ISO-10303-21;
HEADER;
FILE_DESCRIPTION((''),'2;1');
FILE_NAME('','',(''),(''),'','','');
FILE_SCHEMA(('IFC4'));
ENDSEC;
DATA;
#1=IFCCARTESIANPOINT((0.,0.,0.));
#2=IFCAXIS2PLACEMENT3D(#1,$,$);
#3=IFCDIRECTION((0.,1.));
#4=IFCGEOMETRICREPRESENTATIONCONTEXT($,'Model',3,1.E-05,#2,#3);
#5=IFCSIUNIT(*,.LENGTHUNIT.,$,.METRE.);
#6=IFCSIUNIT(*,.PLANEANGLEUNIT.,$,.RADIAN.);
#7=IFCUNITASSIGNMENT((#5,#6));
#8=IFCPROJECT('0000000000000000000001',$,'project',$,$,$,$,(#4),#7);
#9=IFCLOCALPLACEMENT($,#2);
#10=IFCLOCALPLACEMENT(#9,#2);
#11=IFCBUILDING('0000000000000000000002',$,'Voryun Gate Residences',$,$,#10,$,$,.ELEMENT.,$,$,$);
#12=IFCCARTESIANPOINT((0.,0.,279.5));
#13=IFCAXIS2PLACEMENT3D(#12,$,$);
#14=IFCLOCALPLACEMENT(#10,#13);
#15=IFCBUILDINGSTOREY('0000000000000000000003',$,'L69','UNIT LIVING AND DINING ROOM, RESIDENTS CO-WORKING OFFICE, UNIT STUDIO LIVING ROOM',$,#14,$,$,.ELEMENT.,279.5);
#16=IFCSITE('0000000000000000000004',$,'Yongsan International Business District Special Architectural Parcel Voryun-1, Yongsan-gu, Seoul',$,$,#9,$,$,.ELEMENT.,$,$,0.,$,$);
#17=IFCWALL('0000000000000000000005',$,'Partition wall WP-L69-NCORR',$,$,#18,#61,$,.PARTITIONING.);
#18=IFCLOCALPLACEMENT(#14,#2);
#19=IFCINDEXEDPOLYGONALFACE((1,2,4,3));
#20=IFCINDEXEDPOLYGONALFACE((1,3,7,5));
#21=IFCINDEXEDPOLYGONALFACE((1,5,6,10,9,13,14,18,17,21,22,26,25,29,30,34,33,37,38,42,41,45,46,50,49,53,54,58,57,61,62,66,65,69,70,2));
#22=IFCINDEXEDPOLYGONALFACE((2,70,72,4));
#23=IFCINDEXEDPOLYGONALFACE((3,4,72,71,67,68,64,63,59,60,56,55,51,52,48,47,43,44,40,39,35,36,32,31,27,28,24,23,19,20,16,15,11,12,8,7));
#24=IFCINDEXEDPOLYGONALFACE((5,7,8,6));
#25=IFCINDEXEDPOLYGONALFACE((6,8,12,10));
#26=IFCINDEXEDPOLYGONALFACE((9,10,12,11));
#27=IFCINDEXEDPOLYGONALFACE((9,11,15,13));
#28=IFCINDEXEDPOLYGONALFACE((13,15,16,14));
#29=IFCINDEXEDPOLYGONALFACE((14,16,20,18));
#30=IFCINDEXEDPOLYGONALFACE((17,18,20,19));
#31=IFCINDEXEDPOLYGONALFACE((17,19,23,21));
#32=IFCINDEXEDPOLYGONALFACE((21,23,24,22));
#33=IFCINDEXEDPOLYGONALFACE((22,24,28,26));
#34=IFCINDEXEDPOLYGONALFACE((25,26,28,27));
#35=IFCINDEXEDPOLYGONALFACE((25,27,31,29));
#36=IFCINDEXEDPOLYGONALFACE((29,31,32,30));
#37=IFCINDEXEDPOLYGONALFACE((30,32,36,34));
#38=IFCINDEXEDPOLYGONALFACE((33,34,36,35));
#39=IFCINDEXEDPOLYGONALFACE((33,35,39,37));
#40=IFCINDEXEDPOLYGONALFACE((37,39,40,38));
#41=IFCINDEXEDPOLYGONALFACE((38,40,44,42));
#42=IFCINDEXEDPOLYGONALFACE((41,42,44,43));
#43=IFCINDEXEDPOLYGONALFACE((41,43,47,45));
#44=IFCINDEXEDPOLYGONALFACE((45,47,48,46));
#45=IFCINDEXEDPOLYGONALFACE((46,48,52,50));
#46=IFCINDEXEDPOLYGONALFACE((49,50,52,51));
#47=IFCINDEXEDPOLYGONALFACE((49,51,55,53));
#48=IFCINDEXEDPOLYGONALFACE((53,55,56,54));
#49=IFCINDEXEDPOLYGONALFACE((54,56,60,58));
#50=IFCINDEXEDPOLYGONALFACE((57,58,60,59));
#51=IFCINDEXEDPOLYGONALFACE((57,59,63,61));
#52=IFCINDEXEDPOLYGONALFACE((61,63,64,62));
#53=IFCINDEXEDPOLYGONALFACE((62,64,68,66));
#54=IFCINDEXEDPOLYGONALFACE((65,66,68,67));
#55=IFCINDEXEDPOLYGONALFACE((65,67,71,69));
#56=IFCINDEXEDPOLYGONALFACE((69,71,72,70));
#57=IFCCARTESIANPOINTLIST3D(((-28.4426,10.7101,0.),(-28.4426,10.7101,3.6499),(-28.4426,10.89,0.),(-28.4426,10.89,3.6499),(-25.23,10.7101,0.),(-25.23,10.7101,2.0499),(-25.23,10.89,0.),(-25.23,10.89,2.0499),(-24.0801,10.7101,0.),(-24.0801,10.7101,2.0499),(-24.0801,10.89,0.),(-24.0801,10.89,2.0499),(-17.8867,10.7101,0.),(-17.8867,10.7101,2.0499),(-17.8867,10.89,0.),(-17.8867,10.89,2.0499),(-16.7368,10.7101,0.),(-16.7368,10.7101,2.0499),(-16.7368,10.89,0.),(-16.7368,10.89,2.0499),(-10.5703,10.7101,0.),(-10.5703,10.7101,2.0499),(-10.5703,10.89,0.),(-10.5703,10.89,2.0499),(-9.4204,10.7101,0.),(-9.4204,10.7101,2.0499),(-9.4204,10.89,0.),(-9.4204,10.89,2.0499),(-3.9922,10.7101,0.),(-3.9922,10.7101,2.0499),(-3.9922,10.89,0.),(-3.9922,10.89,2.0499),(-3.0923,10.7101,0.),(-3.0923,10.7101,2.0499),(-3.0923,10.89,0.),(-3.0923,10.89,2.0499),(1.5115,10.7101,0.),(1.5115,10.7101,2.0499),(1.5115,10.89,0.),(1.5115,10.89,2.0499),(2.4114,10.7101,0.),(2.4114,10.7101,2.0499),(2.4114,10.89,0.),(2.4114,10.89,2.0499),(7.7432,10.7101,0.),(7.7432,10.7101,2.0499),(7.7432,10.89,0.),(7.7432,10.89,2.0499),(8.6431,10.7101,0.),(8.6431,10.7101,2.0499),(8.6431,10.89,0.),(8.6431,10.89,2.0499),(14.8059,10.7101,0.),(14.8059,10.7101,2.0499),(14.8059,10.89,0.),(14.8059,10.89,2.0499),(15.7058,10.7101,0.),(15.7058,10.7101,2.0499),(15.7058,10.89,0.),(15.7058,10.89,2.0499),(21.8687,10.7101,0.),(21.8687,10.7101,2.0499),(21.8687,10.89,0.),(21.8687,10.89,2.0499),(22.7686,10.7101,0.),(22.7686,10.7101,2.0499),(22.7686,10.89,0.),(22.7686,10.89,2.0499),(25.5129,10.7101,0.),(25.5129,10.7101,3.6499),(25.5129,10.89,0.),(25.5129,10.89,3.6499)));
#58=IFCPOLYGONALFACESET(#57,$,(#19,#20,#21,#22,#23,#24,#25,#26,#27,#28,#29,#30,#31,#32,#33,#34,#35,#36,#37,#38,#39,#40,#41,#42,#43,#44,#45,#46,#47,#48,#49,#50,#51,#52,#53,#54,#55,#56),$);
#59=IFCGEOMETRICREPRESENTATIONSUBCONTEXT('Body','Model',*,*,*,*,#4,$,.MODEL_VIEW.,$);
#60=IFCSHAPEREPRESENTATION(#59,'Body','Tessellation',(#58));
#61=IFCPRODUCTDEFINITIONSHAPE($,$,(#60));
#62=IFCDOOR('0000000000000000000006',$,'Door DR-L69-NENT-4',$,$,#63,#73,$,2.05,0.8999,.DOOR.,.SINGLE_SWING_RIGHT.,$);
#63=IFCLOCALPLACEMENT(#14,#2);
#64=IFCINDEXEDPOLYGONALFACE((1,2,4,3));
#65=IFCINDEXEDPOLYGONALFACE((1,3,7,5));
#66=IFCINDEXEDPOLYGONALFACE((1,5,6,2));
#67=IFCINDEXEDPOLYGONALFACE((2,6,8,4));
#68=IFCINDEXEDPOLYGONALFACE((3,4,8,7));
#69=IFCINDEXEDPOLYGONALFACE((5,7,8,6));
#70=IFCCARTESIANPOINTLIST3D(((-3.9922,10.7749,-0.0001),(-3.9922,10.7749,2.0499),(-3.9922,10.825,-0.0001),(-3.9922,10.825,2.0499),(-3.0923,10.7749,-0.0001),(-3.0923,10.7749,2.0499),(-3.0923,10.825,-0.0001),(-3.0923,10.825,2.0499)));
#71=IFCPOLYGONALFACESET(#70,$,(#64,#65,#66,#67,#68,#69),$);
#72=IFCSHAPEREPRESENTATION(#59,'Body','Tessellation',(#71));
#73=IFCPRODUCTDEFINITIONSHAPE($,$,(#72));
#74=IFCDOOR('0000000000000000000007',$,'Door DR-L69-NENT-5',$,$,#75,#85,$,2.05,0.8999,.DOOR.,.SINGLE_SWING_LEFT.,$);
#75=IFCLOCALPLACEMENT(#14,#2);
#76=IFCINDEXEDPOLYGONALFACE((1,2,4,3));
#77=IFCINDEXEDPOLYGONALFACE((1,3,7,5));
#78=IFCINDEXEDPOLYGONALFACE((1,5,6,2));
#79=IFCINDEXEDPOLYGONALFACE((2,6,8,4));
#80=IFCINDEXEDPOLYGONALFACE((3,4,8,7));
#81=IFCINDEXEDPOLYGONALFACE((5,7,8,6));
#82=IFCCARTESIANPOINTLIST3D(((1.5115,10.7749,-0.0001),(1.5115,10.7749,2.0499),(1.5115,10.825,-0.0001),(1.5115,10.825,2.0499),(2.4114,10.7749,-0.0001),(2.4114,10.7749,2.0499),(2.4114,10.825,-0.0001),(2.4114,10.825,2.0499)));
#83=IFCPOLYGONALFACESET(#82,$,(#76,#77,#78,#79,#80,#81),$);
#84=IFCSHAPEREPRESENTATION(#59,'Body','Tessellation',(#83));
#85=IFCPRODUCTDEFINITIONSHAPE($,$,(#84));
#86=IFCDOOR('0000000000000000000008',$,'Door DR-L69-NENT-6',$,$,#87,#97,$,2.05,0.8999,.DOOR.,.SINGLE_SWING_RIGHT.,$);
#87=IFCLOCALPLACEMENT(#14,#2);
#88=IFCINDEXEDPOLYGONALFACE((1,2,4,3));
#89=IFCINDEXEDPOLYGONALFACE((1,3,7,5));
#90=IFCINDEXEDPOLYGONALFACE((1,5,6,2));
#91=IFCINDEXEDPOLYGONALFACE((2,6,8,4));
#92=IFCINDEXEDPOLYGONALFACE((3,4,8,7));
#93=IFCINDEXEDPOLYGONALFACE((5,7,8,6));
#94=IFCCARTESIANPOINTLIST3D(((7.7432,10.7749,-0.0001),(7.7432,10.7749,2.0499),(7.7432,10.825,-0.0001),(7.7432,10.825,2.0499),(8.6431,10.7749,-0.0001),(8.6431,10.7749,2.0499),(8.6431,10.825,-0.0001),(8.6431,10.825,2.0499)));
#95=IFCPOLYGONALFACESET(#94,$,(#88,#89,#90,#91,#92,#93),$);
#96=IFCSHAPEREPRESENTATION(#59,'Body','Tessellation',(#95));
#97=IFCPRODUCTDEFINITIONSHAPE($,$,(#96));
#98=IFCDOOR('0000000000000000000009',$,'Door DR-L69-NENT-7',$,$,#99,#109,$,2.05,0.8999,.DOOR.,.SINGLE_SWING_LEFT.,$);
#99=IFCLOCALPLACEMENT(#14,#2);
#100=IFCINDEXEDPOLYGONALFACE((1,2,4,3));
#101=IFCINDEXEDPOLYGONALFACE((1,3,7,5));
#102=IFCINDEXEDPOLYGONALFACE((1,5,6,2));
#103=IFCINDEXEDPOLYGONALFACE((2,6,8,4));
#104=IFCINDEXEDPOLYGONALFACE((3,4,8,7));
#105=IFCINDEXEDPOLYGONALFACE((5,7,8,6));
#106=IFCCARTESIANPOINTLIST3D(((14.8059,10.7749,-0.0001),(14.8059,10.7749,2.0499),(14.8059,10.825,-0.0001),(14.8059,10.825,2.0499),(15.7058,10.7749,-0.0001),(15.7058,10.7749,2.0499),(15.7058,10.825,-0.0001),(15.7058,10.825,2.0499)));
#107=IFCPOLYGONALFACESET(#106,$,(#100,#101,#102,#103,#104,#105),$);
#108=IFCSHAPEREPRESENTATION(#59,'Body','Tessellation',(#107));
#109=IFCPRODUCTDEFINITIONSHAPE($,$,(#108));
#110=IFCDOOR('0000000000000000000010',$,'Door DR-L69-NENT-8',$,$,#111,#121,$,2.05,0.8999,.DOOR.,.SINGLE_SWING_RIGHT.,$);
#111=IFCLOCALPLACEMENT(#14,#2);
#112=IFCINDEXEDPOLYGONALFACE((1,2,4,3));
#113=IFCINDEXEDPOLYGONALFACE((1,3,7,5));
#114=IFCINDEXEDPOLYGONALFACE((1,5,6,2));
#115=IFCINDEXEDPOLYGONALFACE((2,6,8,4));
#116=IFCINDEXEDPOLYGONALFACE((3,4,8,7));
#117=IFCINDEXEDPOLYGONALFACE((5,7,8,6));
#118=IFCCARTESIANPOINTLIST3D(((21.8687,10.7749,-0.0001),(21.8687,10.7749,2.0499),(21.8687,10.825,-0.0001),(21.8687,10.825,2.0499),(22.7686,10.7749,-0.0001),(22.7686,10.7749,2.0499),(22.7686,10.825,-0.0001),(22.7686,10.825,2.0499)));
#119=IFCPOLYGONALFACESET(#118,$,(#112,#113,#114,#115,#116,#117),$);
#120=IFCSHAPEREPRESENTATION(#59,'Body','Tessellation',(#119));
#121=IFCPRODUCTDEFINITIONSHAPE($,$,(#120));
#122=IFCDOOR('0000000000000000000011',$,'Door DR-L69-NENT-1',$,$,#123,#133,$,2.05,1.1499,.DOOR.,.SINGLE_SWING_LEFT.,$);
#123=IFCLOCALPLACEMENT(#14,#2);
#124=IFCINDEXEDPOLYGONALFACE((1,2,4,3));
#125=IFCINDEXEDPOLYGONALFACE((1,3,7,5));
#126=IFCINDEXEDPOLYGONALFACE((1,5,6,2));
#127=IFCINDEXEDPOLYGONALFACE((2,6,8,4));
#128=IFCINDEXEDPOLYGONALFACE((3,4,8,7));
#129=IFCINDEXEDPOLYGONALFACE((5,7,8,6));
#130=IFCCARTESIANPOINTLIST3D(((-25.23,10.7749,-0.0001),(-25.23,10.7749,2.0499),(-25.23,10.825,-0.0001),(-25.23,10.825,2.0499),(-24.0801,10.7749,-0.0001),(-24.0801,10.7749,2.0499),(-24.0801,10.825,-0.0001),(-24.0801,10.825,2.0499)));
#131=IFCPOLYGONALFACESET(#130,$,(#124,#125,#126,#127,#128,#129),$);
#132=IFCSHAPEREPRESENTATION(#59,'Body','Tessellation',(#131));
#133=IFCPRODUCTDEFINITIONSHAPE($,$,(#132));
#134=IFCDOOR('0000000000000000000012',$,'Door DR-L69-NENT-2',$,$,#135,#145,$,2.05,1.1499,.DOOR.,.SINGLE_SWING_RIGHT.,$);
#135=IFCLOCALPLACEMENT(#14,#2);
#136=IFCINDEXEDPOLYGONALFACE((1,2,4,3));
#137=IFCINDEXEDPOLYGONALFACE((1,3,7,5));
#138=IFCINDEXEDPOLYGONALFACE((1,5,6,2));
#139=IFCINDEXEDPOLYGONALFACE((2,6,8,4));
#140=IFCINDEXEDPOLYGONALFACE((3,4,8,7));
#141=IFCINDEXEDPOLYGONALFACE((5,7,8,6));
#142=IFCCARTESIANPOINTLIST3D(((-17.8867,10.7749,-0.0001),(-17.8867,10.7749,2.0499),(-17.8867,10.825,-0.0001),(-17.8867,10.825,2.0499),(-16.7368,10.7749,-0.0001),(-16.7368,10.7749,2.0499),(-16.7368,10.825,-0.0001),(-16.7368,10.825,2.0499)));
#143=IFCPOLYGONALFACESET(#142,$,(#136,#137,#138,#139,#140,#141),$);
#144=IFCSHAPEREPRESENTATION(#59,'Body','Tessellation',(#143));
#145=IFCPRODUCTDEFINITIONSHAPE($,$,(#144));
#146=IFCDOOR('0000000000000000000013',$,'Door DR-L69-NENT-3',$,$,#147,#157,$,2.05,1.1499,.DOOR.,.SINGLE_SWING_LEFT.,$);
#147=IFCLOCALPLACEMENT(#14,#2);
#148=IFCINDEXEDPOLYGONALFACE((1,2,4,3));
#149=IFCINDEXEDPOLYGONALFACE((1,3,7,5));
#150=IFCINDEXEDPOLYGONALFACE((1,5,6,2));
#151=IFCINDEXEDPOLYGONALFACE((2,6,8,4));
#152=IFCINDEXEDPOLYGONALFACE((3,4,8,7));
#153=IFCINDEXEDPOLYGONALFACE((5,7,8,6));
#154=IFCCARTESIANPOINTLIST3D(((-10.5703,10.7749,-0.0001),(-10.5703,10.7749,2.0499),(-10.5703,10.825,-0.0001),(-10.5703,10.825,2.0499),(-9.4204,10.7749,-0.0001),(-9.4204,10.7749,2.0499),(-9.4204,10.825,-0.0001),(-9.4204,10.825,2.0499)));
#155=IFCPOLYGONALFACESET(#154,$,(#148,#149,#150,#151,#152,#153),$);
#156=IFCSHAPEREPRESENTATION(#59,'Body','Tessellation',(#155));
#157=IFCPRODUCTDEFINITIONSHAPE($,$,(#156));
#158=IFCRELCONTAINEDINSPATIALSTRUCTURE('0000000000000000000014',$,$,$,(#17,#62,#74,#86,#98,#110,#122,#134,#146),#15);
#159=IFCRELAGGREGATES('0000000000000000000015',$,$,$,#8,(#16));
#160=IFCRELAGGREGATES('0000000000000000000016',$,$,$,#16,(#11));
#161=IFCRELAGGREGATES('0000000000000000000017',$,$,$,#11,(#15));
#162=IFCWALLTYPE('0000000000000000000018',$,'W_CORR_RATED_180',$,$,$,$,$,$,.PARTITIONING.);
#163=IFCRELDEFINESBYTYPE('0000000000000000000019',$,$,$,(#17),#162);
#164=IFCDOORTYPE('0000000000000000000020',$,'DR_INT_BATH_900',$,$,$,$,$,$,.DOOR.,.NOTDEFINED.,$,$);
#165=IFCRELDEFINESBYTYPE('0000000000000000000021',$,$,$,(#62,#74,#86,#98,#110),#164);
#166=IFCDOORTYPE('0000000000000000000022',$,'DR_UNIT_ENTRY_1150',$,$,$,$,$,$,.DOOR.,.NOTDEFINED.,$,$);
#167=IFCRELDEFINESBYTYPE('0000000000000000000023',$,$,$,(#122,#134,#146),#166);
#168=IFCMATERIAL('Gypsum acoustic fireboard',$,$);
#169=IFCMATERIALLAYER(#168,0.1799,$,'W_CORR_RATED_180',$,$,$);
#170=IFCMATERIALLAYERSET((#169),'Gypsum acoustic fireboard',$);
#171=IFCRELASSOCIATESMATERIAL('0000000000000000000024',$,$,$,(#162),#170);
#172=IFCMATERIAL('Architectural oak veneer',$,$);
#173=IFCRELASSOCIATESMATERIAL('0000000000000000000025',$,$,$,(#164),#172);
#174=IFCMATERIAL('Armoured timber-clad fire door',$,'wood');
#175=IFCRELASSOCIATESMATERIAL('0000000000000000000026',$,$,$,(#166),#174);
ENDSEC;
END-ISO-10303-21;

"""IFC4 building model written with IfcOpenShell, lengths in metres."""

from ifc_helpers import new_model, si_unit, direction, frame, frame_2d, origin, place, context, subcontext, project, spatial, rectangle, extrude, material, layer, layer_set, type_object, element, fill, save


model = new_model("IFC4")

# Units and contexts
model_context = context("Model", 3, precision=1e-05, world=origin(), true_north=direction((0.0, 1.0)))
body_context = subcontext(model_context, "Body", "Model", "MODEL_VIEW")
ifc_project = project(units=[si_unit("LENGTHUNIT", "METRE"), si_unit("PLANEANGLEUNIT", "RADIAN")], contexts=[model_context])

# Site, building, storey
site_placement = place(None, origin())
site = spatial("IfcSite", under=ifc_project, at=site_placement, Name="Yongsan International Business District Special Architectural Parcel Voryun-1, Yongsan-gu, Seoul", CompositionType="ELEMENT", RefElevation=0.0)
building_placement = place(site_placement, origin())
building = spatial("IfcBuilding", under=site, at=building_placement, Name="Voryun Gate Residences", CompositionType="ELEMENT")
storey_placement = place(building_placement, frame((0.0, 0.0, 279.5)))
storey = spatial("IfcBuildingStorey", under=building, at=storey_placement, Name="L69", Description="UNIT LIVING AND DINING ROOM, RESIDENTS CO-WORKING OFFICE, UNIT STUDIO LIVING ROOM", CompositionType="ELEMENT", Elevation=279.5)

# Wall, openings, doors
ifc_material_1 = material(Name="Gypsum acoustic fireboard")
ifc_layer_1 = layer(ifc_material_1, 0.1799, Name="W_CORR_RATED_180")
ifc_layer_set_1 = layer_set([ifc_layer_1], Name="Gypsum acoustic fireboard")
wall_type_1 = type_object("IfcWallType", Name="W_CORR_RATED_180", PredefinedType="PARTITIONING", material=ifc_layer_set_1)
wall_1_placement = place(storey_placement, frame((-28.4426, 10.8, 0.0), z_axis=(0.0, 0.0, 1.0), x_axis=(1.0, 0.0, 0.0)))
wall_1 = element("IfcWall", 1, at=wall_1_placement, inside=storey, type_object=wall_type_1, Name="Partition wall WP-L69-NCORR", PredefinedType="PARTITIONING", context=body_context, shape_type="SweptSolid", body=[
    extrude(rectangle(XDim=53.9556, YDim=0.1799, at=frame_2d((26.9778, 0.0))), origin(), (0.0, 0.0, 1.0), 3.6499),
])
opening_1_placement = place(wall_1_placement, frame((3.2126, 0.0, 0.0)))
opening_1 = element("IfcOpeningElement", 2, at=opening_1_placement, cuts=wall_1, PredefinedType="OPENING", context=body_context, shape_type="SweptSolid", body=[
    extrude(rectangle(XDim=1.1499, YDim=2.05, at=frame_2d((0.575, 1.0249))), frame((0.0, 0.0999, 0.0), z_axis=(0.0, -1.0, 0.0), x_axis=(1.0, 0.0, 0.0)), (0.0, 0.0, 1.0), 0.2),
])
opening_2_placement = place(wall_1_placement, frame((10.5559, 0.0, 0.0)))
opening_2 = element("IfcOpeningElement", 3, at=opening_2_placement, cuts=wall_1, PredefinedType="OPENING", context=body_context, shape_type="SweptSolid", body=[
    extrude(rectangle(XDim=1.1499, YDim=2.05, at=frame_2d((0.575, 1.0249))), frame((0.0, 0.0999, 0.0), z_axis=(0.0, -1.0, 0.0), x_axis=(1.0, 0.0, 0.0)), (0.0, 0.0, 1.0), 0.2),
])
opening_3_placement = place(wall_1_placement, frame((17.8723, 0.0, 0.0)))
opening_3 = element("IfcOpeningElement", 4, at=opening_3_placement, cuts=wall_1, PredefinedType="OPENING", context=body_context, shape_type="SweptSolid", body=[
    extrude(rectangle(XDim=1.1499, YDim=2.05, at=frame_2d((0.575, 1.0249))), frame((0.0, 0.0999, 0.0), z_axis=(0.0, -1.0, 0.0), x_axis=(1.0, 0.0, 0.0)), (0.0, 0.0, 1.0), 0.2),
])
opening_4_placement = place(wall_1_placement, frame((24.4504, 0.0, 0.0)))
opening_4 = element("IfcOpeningElement", 5, at=opening_4_placement, cuts=wall_1, PredefinedType="OPENING", context=body_context, shape_type="SweptSolid", body=[
    extrude(rectangle(XDim=0.8999, YDim=2.05, at=frame_2d((0.45, 1.0249))), frame((0.0, 0.0999, 0.0), z_axis=(0.0, -1.0, 0.0), x_axis=(1.0, 0.0, 0.0)), (0.0, 0.0, 1.0), 0.2),
])
opening_5_placement = place(wall_1_placement, frame((29.9541, 0.0, 0.0)))
opening_5 = element("IfcOpeningElement", 6, at=opening_5_placement, cuts=wall_1, PredefinedType="OPENING", context=body_context, shape_type="SweptSolid", body=[
    extrude(rectangle(XDim=0.8999, YDim=2.05, at=frame_2d((0.45, 1.0249))), frame((0.0, 0.0999, 0.0), z_axis=(0.0, -1.0, 0.0), x_axis=(1.0, 0.0, 0.0)), (0.0, 0.0, 1.0), 0.2),
])
opening_6_placement = place(wall_1_placement, frame((36.1858, 0.0, 0.0)))
opening_6 = element("IfcOpeningElement", 7, at=opening_6_placement, cuts=wall_1, PredefinedType="OPENING", context=body_context, shape_type="SweptSolid", body=[
    extrude(rectangle(XDim=0.8999, YDim=2.05, at=frame_2d((0.45, 1.0249))), frame((0.0, 0.0999, 0.0), z_axis=(0.0, -1.0, 0.0), x_axis=(1.0, 0.0, 0.0)), (0.0, 0.0, 1.0), 0.2),
])
opening_7_placement = place(wall_1_placement, frame((43.2485, 0.0, 0.0)))
opening_7 = element("IfcOpeningElement", 8, at=opening_7_placement, cuts=wall_1, PredefinedType="OPENING", context=body_context, shape_type="SweptSolid", body=[
    extrude(rectangle(XDim=0.8999, YDim=2.05, at=frame_2d((0.45, 1.0249))), frame((0.0, 0.0999, 0.0), z_axis=(0.0, -1.0, 0.0), x_axis=(1.0, 0.0, 0.0)), (0.0, 0.0, 1.0), 0.2),
])
opening_8_placement = place(wall_1_placement, frame((50.3113, 0.0, 0.0)))
opening_8 = element("IfcOpeningElement", 9, at=opening_8_placement, cuts=wall_1, PredefinedType="OPENING", context=body_context, shape_type="SweptSolid", body=[
    extrude(rectangle(XDim=0.8999, YDim=2.05, at=frame_2d((0.45, 1.0249))), frame((0.0, 0.0999, 0.0), z_axis=(0.0, -1.0, 0.0), x_axis=(1.0, 0.0, 0.0)), (0.0, 0.0, 1.0), 0.2),
])
ifc_material_2 = material(Name="Architectural oak veneer")
door_type_1 = type_object("IfcDoorType", Name="DR_INT_BATH_900", OperationType="NOTDEFINED", PredefinedType="DOOR", material=ifc_material_2)
door_1_placement = place(opening_4_placement, origin())
door_1 = element("IfcDoor", 10, at=door_1_placement, inside=storey, type_object=door_type_1, Name="Door DR-L69-NENT-4", OperationType="SINGLE_SWING_RIGHT", OverallHeight=2.05, OverallWidth=0.8999, PredefinedType="DOOR", context=body_context, shape_type="SweptSolid", body=[
    extrude(rectangle(XDim=0.8999, YDim=2.05, at=frame_2d((0.45, 1.0249))), frame((0.0, 0.0249, 0.0), z_axis=(0.0, -1.0, 0.0), x_axis=(1.0, 0.0, 0.0)), (0.0, 0.0, 1.0), 0.05),
])
fill(opening_4, door_1)
door_2_placement = place(opening_5_placement, origin())
door_2 = element("IfcDoor", 11, at=door_2_placement, inside=storey, type_object=door_type_1, Name="Door DR-L69-NENT-5", OperationType="SINGLE_SWING_LEFT", OverallHeight=2.05, OverallWidth=0.8999, PredefinedType="DOOR", context=body_context, shape_type="SweptSolid", body=[
    extrude(rectangle(XDim=0.8999, YDim=2.05, at=frame_2d((0.45, 1.0249))), frame((0.0, 0.0249, 0.0), z_axis=(0.0, -1.0, 0.0), x_axis=(1.0, 0.0, 0.0)), (0.0, 0.0, 1.0), 0.05),
])
fill(opening_5, door_2)
door_3_placement = place(opening_6_placement, origin())
door_3 = element("IfcDoor", 12, at=door_3_placement, inside=storey, type_object=door_type_1, Name="Door DR-L69-NENT-6", OperationType="SINGLE_SWING_RIGHT", OverallHeight=2.05, OverallWidth=0.8999, PredefinedType="DOOR", context=body_context, shape_type="SweptSolid", body=[
    extrude(rectangle(XDim=0.8999, YDim=2.05, at=frame_2d((0.45, 1.0249))), frame((0.0, 0.0249, 0.0), z_axis=(0.0, -1.0, 0.0), x_axis=(1.0, 0.0, 0.0)), (0.0, 0.0, 1.0), 0.05),
])
fill(opening_6, door_3)
door_4_placement = place(opening_7_placement, origin())
door_4 = element("IfcDoor", 13, at=door_4_placement, inside=storey, type_object=door_type_1, Name="Door DR-L69-NENT-7", OperationType="SINGLE_SWING_LEFT", OverallHeight=2.05, OverallWidth=0.8999, PredefinedType="DOOR", context=body_context, shape_type="SweptSolid", body=[
    extrude(rectangle(XDim=0.8999, YDim=2.05, at=frame_2d((0.45, 1.0249))), frame((0.0, 0.0249, 0.0), z_axis=(0.0, -1.0, 0.0), x_axis=(1.0, 0.0, 0.0)), (0.0, 0.0, 1.0), 0.05),
])
fill(opening_7, door_4)
door_5_placement = place(opening_8_placement, origin())
door_5 = element("IfcDoor", 14, at=door_5_placement, inside=storey, type_object=door_type_1, Name="Door DR-L69-NENT-8", OperationType="SINGLE_SWING_RIGHT", OverallHeight=2.05, OverallWidth=0.8999, PredefinedType="DOOR", context=body_context, shape_type="SweptSolid", body=[
    extrude(rectangle(XDim=0.8999, YDim=2.05, at=frame_2d((0.45, 1.0249))), frame((0.0, 0.0249, 0.0), z_axis=(0.0, -1.0, 0.0), x_axis=(1.0, 0.0, 0.0)), (0.0, 0.0, 1.0), 0.05),
])
fill(opening_8, door_5)
ifc_material_3 = material(Name="Armoured timber-clad fire door", Category="wood")
door_type_2 = type_object("IfcDoorType", Name="DR_UNIT_ENTRY_1150", OperationType="NOTDEFINED", PredefinedType="DOOR", material=ifc_material_3)
door_6_placement = place(opening_1_placement, origin())
door_6 = element("IfcDoor", 15, at=door_6_placement, inside=storey, type_object=door_type_2, Name="Door DR-L69-NENT-1", OperationType="SINGLE_SWING_LEFT", OverallHeight=2.05, OverallWidth=1.1499, PredefinedType="DOOR", context=body_context, shape_type="SweptSolid", body=[
    extrude(rectangle(XDim=1.1499, YDim=2.05, at=frame_2d((0.575, 1.0249))), frame((0.0, 0.0249, 0.0), z_axis=(0.0, -1.0, 0.0), x_axis=(1.0, 0.0, 0.0)), (0.0, 0.0, 1.0), 0.05),
])
fill(opening_1, door_6)
door_7_placement = place(opening_2_placement, origin())
door_7 = element("IfcDoor", 16, at=door_7_placement, inside=storey, type_object=door_type_2, Name="Door DR-L69-NENT-2", OperationType="SINGLE_SWING_RIGHT", OverallHeight=2.05, OverallWidth=1.1499, PredefinedType="DOOR", context=body_context, shape_type="SweptSolid", body=[
    extrude(rectangle(XDim=1.1499, YDim=2.05, at=frame_2d((0.575, 1.0249))), frame((0.0, 0.0249, 0.0), z_axis=(0.0, -1.0, 0.0), x_axis=(1.0, 0.0, 0.0)), (0.0, 0.0, 1.0), 0.05),
])
fill(opening_2, door_7)
door_8_placement = place(opening_3_placement, origin())
door_8 = element("IfcDoor", 17, at=door_8_placement, inside=storey, type_object=door_type_2, Name="Door DR-L69-NENT-3", OperationType="SINGLE_SWING_LEFT", OverallHeight=2.05, OverallWidth=1.1499, PredefinedType="DOOR", context=body_context, shape_type="SweptSolid", body=[
    extrude(rectangle(XDim=1.1499, YDim=2.05, at=frame_2d((0.575, 1.0249))), frame((0.0, 0.0249, 0.0), z_axis=(0.0, -1.0, 0.0), x_axis=(1.0, 0.0, 0.0)), (0.0, 0.0, 1.0), 0.05),
])
fill(opening_3, door_8)

save(model, "model.ifc")
